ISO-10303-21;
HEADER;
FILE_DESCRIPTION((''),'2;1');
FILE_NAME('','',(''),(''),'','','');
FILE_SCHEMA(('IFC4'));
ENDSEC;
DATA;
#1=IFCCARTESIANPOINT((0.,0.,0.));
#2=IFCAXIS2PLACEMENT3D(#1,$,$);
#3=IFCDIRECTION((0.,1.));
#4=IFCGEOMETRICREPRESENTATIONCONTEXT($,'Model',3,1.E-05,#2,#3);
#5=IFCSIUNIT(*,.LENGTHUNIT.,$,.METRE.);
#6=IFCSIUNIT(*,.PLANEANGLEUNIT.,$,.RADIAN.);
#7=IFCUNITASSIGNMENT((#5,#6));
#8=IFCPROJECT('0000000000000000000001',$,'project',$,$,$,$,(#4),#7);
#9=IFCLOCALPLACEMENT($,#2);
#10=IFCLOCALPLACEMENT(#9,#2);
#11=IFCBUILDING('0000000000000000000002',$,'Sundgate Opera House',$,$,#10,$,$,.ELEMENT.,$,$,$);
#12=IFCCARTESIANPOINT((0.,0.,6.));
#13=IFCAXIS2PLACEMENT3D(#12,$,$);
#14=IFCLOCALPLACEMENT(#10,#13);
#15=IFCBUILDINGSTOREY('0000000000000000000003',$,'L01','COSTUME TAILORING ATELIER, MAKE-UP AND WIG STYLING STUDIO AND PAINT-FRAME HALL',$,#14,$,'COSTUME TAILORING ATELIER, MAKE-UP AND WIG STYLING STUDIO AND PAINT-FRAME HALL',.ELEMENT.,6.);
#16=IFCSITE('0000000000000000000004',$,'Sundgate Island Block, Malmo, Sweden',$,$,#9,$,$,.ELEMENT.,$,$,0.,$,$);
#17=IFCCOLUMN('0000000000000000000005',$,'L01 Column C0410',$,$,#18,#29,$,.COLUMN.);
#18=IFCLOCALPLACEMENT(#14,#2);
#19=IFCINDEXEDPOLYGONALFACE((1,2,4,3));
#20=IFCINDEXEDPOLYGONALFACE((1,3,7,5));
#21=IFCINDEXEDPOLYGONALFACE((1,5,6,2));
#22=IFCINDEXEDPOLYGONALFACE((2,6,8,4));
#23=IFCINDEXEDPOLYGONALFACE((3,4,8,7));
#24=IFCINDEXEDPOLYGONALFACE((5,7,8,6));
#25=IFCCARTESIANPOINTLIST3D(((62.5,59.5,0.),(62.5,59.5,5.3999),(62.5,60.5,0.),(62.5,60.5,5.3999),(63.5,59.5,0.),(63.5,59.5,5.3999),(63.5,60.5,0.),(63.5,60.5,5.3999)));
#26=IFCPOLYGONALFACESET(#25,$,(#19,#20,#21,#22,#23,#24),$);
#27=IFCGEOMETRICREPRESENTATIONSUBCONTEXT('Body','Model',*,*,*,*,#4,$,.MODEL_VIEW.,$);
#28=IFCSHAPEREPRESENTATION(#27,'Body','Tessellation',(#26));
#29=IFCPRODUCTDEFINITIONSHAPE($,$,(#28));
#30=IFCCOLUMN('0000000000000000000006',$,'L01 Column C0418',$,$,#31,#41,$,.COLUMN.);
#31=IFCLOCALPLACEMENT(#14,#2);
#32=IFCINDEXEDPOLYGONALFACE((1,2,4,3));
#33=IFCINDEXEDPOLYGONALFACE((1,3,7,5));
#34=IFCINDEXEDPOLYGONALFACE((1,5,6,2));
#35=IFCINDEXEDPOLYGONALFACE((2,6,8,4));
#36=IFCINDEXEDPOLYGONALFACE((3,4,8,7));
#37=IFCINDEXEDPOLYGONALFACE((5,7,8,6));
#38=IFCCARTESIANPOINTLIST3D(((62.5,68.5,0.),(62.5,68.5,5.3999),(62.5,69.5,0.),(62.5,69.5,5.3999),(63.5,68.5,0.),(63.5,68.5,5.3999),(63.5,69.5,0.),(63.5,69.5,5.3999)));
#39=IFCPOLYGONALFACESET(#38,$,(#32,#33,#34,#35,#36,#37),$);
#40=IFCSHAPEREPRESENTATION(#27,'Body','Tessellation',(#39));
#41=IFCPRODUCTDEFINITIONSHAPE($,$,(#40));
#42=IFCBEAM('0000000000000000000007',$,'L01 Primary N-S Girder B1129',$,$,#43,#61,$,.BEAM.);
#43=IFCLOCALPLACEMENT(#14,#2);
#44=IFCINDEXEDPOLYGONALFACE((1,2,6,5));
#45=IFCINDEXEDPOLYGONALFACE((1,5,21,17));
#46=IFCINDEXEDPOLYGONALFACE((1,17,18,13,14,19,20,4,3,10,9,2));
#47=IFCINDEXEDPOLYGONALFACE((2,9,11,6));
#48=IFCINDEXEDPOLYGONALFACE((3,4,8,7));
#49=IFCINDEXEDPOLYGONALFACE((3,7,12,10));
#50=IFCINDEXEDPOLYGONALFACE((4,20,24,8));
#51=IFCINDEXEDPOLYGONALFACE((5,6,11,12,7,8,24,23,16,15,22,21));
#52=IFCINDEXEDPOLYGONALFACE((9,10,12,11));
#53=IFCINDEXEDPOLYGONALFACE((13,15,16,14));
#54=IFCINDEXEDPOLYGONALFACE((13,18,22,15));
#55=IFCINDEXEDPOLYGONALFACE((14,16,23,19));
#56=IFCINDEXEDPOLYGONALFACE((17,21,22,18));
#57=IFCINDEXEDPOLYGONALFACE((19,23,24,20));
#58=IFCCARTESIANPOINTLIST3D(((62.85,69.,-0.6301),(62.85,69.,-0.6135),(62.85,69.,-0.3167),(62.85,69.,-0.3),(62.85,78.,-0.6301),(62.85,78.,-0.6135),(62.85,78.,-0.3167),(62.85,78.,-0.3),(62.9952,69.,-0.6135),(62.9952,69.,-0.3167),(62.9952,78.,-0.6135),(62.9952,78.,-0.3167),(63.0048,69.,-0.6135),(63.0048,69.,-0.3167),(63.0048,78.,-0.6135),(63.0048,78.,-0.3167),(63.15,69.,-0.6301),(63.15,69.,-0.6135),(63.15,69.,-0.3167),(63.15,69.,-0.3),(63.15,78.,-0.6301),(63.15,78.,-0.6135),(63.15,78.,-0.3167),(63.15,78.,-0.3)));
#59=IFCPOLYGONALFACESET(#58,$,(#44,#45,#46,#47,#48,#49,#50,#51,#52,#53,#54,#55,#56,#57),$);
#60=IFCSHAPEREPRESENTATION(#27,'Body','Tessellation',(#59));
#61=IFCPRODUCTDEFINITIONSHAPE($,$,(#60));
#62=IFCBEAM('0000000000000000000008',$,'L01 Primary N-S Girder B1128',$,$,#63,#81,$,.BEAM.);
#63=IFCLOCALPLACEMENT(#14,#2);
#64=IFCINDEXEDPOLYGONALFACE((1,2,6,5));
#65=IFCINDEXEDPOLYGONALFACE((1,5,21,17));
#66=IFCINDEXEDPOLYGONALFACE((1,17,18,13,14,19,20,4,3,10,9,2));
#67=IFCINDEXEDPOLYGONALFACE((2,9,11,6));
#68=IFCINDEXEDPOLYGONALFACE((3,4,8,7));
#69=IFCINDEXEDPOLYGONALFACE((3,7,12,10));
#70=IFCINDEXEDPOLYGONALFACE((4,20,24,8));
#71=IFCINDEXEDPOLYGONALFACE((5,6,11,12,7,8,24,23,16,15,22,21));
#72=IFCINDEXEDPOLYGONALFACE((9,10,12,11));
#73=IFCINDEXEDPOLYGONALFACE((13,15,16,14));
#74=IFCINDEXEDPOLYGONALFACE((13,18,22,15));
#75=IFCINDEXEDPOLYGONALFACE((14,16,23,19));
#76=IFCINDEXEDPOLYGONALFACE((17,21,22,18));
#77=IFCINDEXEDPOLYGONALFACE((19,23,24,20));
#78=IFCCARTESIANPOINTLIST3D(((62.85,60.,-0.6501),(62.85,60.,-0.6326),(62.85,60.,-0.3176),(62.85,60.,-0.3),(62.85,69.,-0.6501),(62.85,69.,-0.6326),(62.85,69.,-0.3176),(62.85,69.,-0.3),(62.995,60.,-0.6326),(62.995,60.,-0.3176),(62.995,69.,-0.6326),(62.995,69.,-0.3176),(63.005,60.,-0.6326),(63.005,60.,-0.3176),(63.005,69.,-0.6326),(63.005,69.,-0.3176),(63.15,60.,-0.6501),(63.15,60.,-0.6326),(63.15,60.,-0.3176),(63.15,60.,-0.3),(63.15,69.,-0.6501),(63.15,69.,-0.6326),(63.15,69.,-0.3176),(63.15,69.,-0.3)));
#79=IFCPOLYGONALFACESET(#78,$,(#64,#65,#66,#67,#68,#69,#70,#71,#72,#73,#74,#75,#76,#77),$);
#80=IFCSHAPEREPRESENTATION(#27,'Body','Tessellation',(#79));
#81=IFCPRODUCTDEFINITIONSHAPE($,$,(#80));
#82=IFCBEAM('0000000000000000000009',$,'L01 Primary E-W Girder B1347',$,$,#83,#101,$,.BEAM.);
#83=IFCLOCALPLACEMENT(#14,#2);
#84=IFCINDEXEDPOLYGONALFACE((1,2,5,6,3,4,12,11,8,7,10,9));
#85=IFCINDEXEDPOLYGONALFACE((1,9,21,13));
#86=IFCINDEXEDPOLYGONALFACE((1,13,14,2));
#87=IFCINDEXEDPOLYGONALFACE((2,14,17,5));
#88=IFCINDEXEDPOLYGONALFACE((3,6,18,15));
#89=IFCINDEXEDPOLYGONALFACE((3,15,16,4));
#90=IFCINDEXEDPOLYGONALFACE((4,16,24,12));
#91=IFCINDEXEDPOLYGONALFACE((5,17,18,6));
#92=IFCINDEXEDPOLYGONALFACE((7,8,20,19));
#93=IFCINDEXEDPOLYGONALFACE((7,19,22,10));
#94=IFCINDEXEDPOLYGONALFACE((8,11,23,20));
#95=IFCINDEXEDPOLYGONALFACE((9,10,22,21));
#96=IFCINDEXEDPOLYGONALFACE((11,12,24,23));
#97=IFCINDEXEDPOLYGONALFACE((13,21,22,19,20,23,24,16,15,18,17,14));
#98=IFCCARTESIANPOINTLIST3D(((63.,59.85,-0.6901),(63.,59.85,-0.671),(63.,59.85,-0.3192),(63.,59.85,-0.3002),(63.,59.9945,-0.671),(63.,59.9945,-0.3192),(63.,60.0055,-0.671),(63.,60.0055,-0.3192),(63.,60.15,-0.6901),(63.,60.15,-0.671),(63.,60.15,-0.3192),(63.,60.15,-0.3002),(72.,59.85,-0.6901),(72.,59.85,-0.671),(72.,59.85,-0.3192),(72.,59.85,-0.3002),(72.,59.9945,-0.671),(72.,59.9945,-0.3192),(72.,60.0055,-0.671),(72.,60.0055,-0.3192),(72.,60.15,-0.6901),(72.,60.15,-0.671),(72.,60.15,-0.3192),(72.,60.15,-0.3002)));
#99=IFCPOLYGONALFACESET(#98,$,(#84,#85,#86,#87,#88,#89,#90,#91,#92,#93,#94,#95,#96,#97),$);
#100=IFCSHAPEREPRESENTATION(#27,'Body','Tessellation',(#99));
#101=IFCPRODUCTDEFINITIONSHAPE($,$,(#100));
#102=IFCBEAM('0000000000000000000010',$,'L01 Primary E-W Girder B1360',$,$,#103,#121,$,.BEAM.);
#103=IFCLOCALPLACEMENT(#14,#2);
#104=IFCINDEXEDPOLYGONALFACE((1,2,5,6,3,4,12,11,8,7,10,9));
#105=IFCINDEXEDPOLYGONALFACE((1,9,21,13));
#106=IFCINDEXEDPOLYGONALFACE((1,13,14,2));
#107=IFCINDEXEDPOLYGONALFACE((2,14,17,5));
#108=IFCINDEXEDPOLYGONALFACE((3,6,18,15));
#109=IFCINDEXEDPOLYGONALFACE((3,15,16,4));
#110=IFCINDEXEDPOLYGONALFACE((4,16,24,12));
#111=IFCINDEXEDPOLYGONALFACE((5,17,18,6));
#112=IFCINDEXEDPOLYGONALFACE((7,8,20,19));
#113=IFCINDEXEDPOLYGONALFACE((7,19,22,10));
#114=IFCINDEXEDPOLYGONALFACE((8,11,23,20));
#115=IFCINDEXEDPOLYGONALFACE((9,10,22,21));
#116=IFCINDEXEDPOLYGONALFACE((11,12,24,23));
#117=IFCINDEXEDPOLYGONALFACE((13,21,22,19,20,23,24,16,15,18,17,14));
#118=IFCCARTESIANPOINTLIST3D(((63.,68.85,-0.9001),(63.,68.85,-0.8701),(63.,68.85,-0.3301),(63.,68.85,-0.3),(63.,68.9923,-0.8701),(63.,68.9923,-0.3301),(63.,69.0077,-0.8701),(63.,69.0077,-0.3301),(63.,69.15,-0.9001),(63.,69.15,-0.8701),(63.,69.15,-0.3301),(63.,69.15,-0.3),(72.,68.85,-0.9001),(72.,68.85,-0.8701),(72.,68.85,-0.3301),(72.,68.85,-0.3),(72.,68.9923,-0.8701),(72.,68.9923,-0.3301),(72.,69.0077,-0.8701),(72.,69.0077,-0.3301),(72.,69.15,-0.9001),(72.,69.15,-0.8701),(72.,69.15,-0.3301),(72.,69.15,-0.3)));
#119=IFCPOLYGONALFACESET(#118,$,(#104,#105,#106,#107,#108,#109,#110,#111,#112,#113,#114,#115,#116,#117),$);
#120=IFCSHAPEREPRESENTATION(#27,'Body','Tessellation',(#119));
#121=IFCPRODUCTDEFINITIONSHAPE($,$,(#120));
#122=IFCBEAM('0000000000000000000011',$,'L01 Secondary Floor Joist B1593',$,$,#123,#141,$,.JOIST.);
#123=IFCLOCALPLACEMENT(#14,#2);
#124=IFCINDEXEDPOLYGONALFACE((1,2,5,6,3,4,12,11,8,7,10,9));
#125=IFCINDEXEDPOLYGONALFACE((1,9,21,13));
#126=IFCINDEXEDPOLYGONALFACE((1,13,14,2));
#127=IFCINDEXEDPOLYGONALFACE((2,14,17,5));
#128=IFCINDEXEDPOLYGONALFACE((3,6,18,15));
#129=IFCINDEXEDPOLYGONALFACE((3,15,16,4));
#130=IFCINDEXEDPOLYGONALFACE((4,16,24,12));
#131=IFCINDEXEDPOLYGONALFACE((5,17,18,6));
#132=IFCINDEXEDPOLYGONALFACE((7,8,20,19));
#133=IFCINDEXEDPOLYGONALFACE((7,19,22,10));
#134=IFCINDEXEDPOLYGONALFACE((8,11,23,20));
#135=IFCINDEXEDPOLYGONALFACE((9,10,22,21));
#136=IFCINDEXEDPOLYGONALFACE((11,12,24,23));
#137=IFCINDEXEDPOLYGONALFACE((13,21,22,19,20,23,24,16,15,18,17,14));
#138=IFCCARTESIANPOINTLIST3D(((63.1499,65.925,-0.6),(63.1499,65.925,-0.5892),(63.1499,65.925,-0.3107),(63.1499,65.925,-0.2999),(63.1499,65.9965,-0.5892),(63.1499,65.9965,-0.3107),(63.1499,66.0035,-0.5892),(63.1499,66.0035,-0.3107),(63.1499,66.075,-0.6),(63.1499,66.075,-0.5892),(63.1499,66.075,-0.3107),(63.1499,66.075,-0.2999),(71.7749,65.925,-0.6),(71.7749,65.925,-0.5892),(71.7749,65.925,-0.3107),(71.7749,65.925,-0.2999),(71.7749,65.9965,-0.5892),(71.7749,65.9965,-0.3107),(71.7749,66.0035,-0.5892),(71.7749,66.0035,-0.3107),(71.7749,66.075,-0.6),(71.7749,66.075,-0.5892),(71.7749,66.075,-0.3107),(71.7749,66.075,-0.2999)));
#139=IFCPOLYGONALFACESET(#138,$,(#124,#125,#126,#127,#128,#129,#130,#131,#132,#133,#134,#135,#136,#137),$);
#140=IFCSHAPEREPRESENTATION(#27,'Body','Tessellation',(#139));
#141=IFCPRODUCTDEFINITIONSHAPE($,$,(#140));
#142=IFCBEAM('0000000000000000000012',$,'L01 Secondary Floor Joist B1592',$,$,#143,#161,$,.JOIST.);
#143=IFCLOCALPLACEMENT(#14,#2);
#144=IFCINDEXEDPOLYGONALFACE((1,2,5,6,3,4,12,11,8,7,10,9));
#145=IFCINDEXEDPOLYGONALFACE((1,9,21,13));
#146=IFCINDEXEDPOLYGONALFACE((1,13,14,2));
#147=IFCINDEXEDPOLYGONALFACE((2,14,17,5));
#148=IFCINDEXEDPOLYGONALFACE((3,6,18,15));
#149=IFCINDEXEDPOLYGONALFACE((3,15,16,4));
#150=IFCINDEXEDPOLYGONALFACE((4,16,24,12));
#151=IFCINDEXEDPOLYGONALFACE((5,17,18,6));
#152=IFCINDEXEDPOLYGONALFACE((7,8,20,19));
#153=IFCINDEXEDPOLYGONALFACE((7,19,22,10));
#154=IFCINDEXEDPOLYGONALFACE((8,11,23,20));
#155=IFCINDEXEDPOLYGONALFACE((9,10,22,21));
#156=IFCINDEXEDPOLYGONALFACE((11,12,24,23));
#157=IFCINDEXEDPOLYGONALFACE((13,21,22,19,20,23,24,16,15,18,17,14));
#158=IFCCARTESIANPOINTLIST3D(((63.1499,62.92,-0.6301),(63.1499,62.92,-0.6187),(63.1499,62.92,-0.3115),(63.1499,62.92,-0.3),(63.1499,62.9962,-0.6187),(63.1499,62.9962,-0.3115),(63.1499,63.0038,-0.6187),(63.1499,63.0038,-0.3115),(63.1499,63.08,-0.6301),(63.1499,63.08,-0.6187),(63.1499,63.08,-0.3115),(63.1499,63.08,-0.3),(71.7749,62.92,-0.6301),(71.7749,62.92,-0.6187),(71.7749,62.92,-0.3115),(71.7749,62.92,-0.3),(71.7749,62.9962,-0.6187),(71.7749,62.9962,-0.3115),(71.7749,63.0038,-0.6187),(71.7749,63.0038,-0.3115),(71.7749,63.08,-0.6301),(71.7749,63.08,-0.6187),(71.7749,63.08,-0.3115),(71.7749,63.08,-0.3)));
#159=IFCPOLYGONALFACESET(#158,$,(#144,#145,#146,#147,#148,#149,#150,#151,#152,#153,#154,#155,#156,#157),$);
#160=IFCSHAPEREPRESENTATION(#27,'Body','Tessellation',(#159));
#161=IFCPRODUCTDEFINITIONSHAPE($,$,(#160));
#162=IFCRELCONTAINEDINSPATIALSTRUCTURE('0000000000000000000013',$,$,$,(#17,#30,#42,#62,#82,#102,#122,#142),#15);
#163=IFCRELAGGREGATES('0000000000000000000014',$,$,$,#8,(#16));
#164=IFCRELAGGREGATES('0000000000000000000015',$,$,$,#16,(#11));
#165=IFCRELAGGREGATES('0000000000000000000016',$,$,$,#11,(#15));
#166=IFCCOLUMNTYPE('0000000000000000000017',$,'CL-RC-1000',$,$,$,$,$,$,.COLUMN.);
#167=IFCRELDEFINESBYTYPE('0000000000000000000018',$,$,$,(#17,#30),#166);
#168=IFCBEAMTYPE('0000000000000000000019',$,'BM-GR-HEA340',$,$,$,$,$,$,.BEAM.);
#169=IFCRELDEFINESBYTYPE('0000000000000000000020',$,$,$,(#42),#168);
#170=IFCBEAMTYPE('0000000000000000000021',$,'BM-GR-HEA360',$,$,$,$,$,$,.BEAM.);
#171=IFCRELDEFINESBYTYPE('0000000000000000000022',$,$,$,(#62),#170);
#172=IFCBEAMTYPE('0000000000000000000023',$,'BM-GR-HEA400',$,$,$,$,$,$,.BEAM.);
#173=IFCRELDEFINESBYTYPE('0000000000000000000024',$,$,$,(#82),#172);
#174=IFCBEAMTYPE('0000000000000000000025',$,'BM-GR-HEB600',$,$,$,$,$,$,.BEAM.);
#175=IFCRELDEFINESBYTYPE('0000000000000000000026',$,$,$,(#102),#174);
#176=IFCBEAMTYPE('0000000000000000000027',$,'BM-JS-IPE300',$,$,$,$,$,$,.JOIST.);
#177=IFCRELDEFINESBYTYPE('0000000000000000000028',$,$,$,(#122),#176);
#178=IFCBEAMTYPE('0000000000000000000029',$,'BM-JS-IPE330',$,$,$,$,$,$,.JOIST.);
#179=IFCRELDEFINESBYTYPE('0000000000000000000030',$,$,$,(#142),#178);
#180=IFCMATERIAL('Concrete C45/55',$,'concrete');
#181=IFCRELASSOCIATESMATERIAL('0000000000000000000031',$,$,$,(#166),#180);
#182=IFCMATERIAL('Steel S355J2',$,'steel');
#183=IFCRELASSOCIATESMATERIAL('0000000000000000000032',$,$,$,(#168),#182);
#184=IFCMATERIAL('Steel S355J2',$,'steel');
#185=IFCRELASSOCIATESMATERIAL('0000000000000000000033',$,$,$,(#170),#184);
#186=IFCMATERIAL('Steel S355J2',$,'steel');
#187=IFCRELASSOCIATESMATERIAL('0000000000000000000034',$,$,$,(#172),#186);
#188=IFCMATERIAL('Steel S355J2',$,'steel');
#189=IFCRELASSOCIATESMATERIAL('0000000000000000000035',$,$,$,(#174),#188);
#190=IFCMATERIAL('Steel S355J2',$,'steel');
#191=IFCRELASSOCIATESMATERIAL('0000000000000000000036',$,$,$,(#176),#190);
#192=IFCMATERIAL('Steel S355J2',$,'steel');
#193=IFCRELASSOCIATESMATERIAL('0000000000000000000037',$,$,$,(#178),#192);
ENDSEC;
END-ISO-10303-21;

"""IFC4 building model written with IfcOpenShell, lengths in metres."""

from ifc_helpers import new_model, si_unit, direction, frame, origin, origin_2d, place, context, subcontext, project, spatial, rectangle, i_section, extrude, material, material_profile, profile_set, type_object, element, save


model = new_model("IFC4")

# Units and contexts
model_context = context("Model", 3, precision=1e-05, world=origin(), true_north=direction((0.0, 1.0)))
body_context = subcontext(model_context, "Body", "Model", "MODEL_VIEW")
ifc_project = project(units=[si_unit("LENGTHUNIT", "METRE"), si_unit("PLANEANGLEUNIT", "RADIAN")], contexts=[model_context])

# Site, building, storey
site_placement = place(None, origin())
site = spatial("IfcSite", under=ifc_project, at=site_placement, Name="Sundgate Island Block, Malmo, Sweden", CompositionType="ELEMENT", RefElevation=0.0)
building_placement = place(site_placement, origin())
building = spatial("IfcBuilding", under=site, at=building_placement, Name="Sundgate Opera House", CompositionType="ELEMENT")
storey_placement = place(building_placement, frame((0.0, 0.0, 6.0)))
storey = spatial("IfcBuildingStorey", under=building, at=storey_placement, Name="L01", Description="COSTUME TAILORING ATELIER, MAKE-UP AND WIG STYLING STUDIO AND PAINT-FRAME HALL", LongName="COSTUME TAILORING ATELIER, MAKE-UP AND WIG STYLING STUDIO AND PAINT-FRAME HALL", CompositionType="ELEMENT", Elevation=6.0)

# Columns
ifc_material_1 = material(Name="Concrete C45/55", Category="concrete")
ifc_material_profile_1 = material_profile(ifc_material_1, rectangle(XDim=1.0, YDim=1.0, at=origin_2d()), Name="RC 1000x1000")
ifc_profile_set_1 = profile_set([ifc_material_profile_1], Name="Concrete C45/55")
column_type = type_object("IfcColumnType", Name="CL-RC-1000", PredefinedType="COLUMN", material=ifc_profile_set_1)
for number, where, z_axis, x_axis, name in (
    (1, (63.0, 60.0, 0.0), (0.0, 0.0, 1.0), (1.0, 0.0, 0.0), "L01 Column C0410"),
    (2, (63.0, 69.0, 0.0), (0.0, 0.0, 1.0), (1.0, 0.0, 0.0), "L01 Column C0418"),
):
    element("IfcColumn", number, at=place(storey_placement, frame(where, z_axis=z_axis, x_axis=x_axis)), inside=storey, type_object=column_type, Name=name, PredefinedType="COLUMN", context=body_context, shape_type="SweptSolid", body=[
        extrude(rectangle(XDim=1.0, YDim=1.0, at=origin_2d()), origin(), (0.0, 0.0, 1.0), 5.3999),
    ])

# Beams
ifc_material_2 = material(Name="Steel S355J2", Category="steel")
ifc_material_profile_2 = material_profile(ifc_material_2, i_section(OverallWidth=0.3, OverallDepth=0.3301, WebThickness=0.0095, FlangeThickness=0.0166, at=origin_2d()), Name="HEA 340")
ifc_profile_set_2 = profile_set([ifc_material_profile_2], Name="Steel S355J2")
beam_type_1 = type_object("IfcBeamType", Name="BM-GR-HEA340", PredefinedType="BEAM", material=ifc_profile_set_2)
beam_1_placement = place(storey_placement, frame((63.0, 69.0, -0.4651), z_axis=(0.0, 1.0, 0.0), x_axis=(-1.0, 0.0, 0.0)))
element("IfcBeam", 3, at=beam_1_placement, inside=storey, type_object=beam_type_1, Name="L01 Primary N-S Girder B1129", PredefinedType="BEAM", context=body_context, shape_type="SweptSolid", body=[
    extrude(i_section(OverallWidth=0.3, OverallDepth=0.3301, WebThickness=0.0095, FlangeThickness=0.0166, at=origin_2d()), origin(), (0.0, 0.0, 1.0), 9.0),
])
ifc_material_3 = material(Name="Steel S355J2", Category="steel")
ifc_material_profile_3 = material_profile(ifc_material_3, i_section(OverallWidth=0.3, OverallDepth=0.3501, WebThickness=0.01, FlangeThickness=0.0176, at=origin_2d()), Name="HEA 360")
ifc_profile_set_3 = profile_set([ifc_material_profile_3], Name="Steel S355J2")
beam_type_2 = type_object("IfcBeamType", Name="BM-GR-HEA360", PredefinedType="BEAM", material=ifc_profile_set_3)
beam_2_placement = place(storey_placement, frame((63.0, 60.0, -0.4751), z_axis=(0.0, 1.0, 0.0), x_axis=(-1.0, 0.0, 0.0)))
element("IfcBeam", 4, at=beam_2_placement, inside=storey, type_object=beam_type_2, Name="L01 Primary N-S Girder B1128", PredefinedType="BEAM", context=body_context, shape_type="SweptSolid", body=[
    extrude(i_section(OverallWidth=0.3, OverallDepth=0.3501, WebThickness=0.01, FlangeThickness=0.0176, at=origin_2d()), origin(), (0.0, 0.0, 1.0), 9.0),
])
ifc_material_4 = material(Name="Steel S355J2", Category="steel")
ifc_material_profile_4 = material_profile(ifc_material_4, i_section(OverallWidth=0.3, OverallDepth=0.3899, WebThickness=0.011, FlangeThickness=0.019, at=origin_2d()), Name="HEA 400")
ifc_profile_set_4 = profile_set([ifc_material_profile_4], Name="Steel S355J2")
beam_type_3 = type_object("IfcBeamType", Name="BM-GR-HEA400", PredefinedType="BEAM", material=ifc_profile_set_4)
beam_3_placement = place(storey_placement, frame((63.0, 60.0, -0.4951), z_axis=(1.0, 0.0, 0.0), x_axis=(0.0, 1.0, 0.0)))
element("IfcBeam", 5, at=beam_3_placement, inside=storey, type_object=beam_type_3, Name="L01 Primary E-W Girder B1347", PredefinedType="BEAM", context=body_context, shape_type="SweptSolid", body=[
    extrude(i_section(OverallWidth=0.3, OverallDepth=0.3899, WebThickness=0.011, FlangeThickness=0.019, at=origin_2d()), origin(), (0.0, 0.0, 1.0), 9.0),
])
ifc_material_5 = material(Name="Steel S355J2", Category="steel")
ifc_material_profile_5 = material_profile(ifc_material_5, i_section(OverallWidth=0.3, OverallDepth=0.6001, WebThickness=0.0154, FlangeThickness=0.03, at=origin_2d()), Name="HEB 600")
ifc_profile_set_5 = profile_set([ifc_material_profile_5], Name="Steel S355J2")
beam_type_4 = type_object("IfcBeamType", Name="BM-GR-HEB600", PredefinedType="BEAM", material=ifc_profile_set_5)
beam_4_placement = place(storey_placement, frame((63.0, 69.0, -0.6001), z_axis=(1.0, 0.0, 0.0), x_axis=(0.0, 1.0, 0.0)))
element("IfcBeam", 6, at=beam_4_placement, inside=storey, type_object=beam_type_4, Name="L01 Primary E-W Girder B1360", PredefinedType="BEAM", context=body_context, shape_type="SweptSolid", body=[
    extrude(i_section(OverallWidth=0.3, OverallDepth=0.6001, WebThickness=0.0154, FlangeThickness=0.03, at=origin_2d()), origin(), (0.0, 0.0, 1.0), 9.0),
])
ifc_material_6 = material(Name="Steel S355J2", Category="steel")
ifc_material_profile_6 = material_profile(ifc_material_6, i_section(OverallWidth=0.1499, OverallDepth=0.3, WebThickness=0.0071, FlangeThickness=0.0107, at=origin_2d()), Name="IPE 300")
ifc_profile_set_6 = profile_set([ifc_material_profile_6], Name="Steel S355J2")
beam_type_5 = type_object("IfcBeamType", Name="BM-JS-IPE300", PredefinedType="JOIST", material=ifc_profile_set_6)
beam_5_placement = place(storey_placement, frame((63.1499, 66.0, -0.45), z_axis=(1.0, 0.0, 0.0), x_axis=(0.0, 1.0, 0.0)))
element("IfcBeam", 7, at=beam_5_placement, inside=storey, type_object=beam_type_5, Name="L01 Secondary Floor Joist B1593", PredefinedType="JOIST", context=body_context, shape_type="SweptSolid", body=[
    extrude(i_section(OverallWidth=0.1499, OverallDepth=0.3, WebThickness=0.0071, FlangeThickness=0.0107, at=origin_2d()), origin(), (0.0, 0.0, 1.0), 8.625),
])
ifc_material_7 = material(Name="Steel S355J2", Category="steel")
ifc_material_profile_7 = material_profile(ifc_material_7, i_section(OverallWidth=0.1599, OverallDepth=0.3301, WebThickness=0.0076, FlangeThickness=0.0115, at=origin_2d()), Name="IPE 330")
ifc_profile_set_7 = profile_set([ifc_material_profile_7], Name="Steel S355J2")
beam_type_6 = type_object("IfcBeamType", Name="BM-JS-IPE330", PredefinedType="JOIST", material=ifc_profile_set_7)
beam_6_placement = place(storey_placement, frame((63.1499, 63.0, -0.4651), z_axis=(1.0, 0.0, 0.0), x_axis=(0.0, 1.0, 0.0)))
element("IfcBeam", 8, at=beam_6_placement, inside=storey, type_object=beam_type_6, Name="L01 Secondary Floor Joist B1592", PredefinedType="JOIST", context=body_context, shape_type="SweptSolid", body=[
    extrude(i_section(OverallWidth=0.1599, OverallDepth=0.3301, WebThickness=0.0076, FlangeThickness=0.0115, at=origin_2d()), origin(), (0.0, 0.0, 1.0), 8.625),
])

save(model, "model.ifc")
